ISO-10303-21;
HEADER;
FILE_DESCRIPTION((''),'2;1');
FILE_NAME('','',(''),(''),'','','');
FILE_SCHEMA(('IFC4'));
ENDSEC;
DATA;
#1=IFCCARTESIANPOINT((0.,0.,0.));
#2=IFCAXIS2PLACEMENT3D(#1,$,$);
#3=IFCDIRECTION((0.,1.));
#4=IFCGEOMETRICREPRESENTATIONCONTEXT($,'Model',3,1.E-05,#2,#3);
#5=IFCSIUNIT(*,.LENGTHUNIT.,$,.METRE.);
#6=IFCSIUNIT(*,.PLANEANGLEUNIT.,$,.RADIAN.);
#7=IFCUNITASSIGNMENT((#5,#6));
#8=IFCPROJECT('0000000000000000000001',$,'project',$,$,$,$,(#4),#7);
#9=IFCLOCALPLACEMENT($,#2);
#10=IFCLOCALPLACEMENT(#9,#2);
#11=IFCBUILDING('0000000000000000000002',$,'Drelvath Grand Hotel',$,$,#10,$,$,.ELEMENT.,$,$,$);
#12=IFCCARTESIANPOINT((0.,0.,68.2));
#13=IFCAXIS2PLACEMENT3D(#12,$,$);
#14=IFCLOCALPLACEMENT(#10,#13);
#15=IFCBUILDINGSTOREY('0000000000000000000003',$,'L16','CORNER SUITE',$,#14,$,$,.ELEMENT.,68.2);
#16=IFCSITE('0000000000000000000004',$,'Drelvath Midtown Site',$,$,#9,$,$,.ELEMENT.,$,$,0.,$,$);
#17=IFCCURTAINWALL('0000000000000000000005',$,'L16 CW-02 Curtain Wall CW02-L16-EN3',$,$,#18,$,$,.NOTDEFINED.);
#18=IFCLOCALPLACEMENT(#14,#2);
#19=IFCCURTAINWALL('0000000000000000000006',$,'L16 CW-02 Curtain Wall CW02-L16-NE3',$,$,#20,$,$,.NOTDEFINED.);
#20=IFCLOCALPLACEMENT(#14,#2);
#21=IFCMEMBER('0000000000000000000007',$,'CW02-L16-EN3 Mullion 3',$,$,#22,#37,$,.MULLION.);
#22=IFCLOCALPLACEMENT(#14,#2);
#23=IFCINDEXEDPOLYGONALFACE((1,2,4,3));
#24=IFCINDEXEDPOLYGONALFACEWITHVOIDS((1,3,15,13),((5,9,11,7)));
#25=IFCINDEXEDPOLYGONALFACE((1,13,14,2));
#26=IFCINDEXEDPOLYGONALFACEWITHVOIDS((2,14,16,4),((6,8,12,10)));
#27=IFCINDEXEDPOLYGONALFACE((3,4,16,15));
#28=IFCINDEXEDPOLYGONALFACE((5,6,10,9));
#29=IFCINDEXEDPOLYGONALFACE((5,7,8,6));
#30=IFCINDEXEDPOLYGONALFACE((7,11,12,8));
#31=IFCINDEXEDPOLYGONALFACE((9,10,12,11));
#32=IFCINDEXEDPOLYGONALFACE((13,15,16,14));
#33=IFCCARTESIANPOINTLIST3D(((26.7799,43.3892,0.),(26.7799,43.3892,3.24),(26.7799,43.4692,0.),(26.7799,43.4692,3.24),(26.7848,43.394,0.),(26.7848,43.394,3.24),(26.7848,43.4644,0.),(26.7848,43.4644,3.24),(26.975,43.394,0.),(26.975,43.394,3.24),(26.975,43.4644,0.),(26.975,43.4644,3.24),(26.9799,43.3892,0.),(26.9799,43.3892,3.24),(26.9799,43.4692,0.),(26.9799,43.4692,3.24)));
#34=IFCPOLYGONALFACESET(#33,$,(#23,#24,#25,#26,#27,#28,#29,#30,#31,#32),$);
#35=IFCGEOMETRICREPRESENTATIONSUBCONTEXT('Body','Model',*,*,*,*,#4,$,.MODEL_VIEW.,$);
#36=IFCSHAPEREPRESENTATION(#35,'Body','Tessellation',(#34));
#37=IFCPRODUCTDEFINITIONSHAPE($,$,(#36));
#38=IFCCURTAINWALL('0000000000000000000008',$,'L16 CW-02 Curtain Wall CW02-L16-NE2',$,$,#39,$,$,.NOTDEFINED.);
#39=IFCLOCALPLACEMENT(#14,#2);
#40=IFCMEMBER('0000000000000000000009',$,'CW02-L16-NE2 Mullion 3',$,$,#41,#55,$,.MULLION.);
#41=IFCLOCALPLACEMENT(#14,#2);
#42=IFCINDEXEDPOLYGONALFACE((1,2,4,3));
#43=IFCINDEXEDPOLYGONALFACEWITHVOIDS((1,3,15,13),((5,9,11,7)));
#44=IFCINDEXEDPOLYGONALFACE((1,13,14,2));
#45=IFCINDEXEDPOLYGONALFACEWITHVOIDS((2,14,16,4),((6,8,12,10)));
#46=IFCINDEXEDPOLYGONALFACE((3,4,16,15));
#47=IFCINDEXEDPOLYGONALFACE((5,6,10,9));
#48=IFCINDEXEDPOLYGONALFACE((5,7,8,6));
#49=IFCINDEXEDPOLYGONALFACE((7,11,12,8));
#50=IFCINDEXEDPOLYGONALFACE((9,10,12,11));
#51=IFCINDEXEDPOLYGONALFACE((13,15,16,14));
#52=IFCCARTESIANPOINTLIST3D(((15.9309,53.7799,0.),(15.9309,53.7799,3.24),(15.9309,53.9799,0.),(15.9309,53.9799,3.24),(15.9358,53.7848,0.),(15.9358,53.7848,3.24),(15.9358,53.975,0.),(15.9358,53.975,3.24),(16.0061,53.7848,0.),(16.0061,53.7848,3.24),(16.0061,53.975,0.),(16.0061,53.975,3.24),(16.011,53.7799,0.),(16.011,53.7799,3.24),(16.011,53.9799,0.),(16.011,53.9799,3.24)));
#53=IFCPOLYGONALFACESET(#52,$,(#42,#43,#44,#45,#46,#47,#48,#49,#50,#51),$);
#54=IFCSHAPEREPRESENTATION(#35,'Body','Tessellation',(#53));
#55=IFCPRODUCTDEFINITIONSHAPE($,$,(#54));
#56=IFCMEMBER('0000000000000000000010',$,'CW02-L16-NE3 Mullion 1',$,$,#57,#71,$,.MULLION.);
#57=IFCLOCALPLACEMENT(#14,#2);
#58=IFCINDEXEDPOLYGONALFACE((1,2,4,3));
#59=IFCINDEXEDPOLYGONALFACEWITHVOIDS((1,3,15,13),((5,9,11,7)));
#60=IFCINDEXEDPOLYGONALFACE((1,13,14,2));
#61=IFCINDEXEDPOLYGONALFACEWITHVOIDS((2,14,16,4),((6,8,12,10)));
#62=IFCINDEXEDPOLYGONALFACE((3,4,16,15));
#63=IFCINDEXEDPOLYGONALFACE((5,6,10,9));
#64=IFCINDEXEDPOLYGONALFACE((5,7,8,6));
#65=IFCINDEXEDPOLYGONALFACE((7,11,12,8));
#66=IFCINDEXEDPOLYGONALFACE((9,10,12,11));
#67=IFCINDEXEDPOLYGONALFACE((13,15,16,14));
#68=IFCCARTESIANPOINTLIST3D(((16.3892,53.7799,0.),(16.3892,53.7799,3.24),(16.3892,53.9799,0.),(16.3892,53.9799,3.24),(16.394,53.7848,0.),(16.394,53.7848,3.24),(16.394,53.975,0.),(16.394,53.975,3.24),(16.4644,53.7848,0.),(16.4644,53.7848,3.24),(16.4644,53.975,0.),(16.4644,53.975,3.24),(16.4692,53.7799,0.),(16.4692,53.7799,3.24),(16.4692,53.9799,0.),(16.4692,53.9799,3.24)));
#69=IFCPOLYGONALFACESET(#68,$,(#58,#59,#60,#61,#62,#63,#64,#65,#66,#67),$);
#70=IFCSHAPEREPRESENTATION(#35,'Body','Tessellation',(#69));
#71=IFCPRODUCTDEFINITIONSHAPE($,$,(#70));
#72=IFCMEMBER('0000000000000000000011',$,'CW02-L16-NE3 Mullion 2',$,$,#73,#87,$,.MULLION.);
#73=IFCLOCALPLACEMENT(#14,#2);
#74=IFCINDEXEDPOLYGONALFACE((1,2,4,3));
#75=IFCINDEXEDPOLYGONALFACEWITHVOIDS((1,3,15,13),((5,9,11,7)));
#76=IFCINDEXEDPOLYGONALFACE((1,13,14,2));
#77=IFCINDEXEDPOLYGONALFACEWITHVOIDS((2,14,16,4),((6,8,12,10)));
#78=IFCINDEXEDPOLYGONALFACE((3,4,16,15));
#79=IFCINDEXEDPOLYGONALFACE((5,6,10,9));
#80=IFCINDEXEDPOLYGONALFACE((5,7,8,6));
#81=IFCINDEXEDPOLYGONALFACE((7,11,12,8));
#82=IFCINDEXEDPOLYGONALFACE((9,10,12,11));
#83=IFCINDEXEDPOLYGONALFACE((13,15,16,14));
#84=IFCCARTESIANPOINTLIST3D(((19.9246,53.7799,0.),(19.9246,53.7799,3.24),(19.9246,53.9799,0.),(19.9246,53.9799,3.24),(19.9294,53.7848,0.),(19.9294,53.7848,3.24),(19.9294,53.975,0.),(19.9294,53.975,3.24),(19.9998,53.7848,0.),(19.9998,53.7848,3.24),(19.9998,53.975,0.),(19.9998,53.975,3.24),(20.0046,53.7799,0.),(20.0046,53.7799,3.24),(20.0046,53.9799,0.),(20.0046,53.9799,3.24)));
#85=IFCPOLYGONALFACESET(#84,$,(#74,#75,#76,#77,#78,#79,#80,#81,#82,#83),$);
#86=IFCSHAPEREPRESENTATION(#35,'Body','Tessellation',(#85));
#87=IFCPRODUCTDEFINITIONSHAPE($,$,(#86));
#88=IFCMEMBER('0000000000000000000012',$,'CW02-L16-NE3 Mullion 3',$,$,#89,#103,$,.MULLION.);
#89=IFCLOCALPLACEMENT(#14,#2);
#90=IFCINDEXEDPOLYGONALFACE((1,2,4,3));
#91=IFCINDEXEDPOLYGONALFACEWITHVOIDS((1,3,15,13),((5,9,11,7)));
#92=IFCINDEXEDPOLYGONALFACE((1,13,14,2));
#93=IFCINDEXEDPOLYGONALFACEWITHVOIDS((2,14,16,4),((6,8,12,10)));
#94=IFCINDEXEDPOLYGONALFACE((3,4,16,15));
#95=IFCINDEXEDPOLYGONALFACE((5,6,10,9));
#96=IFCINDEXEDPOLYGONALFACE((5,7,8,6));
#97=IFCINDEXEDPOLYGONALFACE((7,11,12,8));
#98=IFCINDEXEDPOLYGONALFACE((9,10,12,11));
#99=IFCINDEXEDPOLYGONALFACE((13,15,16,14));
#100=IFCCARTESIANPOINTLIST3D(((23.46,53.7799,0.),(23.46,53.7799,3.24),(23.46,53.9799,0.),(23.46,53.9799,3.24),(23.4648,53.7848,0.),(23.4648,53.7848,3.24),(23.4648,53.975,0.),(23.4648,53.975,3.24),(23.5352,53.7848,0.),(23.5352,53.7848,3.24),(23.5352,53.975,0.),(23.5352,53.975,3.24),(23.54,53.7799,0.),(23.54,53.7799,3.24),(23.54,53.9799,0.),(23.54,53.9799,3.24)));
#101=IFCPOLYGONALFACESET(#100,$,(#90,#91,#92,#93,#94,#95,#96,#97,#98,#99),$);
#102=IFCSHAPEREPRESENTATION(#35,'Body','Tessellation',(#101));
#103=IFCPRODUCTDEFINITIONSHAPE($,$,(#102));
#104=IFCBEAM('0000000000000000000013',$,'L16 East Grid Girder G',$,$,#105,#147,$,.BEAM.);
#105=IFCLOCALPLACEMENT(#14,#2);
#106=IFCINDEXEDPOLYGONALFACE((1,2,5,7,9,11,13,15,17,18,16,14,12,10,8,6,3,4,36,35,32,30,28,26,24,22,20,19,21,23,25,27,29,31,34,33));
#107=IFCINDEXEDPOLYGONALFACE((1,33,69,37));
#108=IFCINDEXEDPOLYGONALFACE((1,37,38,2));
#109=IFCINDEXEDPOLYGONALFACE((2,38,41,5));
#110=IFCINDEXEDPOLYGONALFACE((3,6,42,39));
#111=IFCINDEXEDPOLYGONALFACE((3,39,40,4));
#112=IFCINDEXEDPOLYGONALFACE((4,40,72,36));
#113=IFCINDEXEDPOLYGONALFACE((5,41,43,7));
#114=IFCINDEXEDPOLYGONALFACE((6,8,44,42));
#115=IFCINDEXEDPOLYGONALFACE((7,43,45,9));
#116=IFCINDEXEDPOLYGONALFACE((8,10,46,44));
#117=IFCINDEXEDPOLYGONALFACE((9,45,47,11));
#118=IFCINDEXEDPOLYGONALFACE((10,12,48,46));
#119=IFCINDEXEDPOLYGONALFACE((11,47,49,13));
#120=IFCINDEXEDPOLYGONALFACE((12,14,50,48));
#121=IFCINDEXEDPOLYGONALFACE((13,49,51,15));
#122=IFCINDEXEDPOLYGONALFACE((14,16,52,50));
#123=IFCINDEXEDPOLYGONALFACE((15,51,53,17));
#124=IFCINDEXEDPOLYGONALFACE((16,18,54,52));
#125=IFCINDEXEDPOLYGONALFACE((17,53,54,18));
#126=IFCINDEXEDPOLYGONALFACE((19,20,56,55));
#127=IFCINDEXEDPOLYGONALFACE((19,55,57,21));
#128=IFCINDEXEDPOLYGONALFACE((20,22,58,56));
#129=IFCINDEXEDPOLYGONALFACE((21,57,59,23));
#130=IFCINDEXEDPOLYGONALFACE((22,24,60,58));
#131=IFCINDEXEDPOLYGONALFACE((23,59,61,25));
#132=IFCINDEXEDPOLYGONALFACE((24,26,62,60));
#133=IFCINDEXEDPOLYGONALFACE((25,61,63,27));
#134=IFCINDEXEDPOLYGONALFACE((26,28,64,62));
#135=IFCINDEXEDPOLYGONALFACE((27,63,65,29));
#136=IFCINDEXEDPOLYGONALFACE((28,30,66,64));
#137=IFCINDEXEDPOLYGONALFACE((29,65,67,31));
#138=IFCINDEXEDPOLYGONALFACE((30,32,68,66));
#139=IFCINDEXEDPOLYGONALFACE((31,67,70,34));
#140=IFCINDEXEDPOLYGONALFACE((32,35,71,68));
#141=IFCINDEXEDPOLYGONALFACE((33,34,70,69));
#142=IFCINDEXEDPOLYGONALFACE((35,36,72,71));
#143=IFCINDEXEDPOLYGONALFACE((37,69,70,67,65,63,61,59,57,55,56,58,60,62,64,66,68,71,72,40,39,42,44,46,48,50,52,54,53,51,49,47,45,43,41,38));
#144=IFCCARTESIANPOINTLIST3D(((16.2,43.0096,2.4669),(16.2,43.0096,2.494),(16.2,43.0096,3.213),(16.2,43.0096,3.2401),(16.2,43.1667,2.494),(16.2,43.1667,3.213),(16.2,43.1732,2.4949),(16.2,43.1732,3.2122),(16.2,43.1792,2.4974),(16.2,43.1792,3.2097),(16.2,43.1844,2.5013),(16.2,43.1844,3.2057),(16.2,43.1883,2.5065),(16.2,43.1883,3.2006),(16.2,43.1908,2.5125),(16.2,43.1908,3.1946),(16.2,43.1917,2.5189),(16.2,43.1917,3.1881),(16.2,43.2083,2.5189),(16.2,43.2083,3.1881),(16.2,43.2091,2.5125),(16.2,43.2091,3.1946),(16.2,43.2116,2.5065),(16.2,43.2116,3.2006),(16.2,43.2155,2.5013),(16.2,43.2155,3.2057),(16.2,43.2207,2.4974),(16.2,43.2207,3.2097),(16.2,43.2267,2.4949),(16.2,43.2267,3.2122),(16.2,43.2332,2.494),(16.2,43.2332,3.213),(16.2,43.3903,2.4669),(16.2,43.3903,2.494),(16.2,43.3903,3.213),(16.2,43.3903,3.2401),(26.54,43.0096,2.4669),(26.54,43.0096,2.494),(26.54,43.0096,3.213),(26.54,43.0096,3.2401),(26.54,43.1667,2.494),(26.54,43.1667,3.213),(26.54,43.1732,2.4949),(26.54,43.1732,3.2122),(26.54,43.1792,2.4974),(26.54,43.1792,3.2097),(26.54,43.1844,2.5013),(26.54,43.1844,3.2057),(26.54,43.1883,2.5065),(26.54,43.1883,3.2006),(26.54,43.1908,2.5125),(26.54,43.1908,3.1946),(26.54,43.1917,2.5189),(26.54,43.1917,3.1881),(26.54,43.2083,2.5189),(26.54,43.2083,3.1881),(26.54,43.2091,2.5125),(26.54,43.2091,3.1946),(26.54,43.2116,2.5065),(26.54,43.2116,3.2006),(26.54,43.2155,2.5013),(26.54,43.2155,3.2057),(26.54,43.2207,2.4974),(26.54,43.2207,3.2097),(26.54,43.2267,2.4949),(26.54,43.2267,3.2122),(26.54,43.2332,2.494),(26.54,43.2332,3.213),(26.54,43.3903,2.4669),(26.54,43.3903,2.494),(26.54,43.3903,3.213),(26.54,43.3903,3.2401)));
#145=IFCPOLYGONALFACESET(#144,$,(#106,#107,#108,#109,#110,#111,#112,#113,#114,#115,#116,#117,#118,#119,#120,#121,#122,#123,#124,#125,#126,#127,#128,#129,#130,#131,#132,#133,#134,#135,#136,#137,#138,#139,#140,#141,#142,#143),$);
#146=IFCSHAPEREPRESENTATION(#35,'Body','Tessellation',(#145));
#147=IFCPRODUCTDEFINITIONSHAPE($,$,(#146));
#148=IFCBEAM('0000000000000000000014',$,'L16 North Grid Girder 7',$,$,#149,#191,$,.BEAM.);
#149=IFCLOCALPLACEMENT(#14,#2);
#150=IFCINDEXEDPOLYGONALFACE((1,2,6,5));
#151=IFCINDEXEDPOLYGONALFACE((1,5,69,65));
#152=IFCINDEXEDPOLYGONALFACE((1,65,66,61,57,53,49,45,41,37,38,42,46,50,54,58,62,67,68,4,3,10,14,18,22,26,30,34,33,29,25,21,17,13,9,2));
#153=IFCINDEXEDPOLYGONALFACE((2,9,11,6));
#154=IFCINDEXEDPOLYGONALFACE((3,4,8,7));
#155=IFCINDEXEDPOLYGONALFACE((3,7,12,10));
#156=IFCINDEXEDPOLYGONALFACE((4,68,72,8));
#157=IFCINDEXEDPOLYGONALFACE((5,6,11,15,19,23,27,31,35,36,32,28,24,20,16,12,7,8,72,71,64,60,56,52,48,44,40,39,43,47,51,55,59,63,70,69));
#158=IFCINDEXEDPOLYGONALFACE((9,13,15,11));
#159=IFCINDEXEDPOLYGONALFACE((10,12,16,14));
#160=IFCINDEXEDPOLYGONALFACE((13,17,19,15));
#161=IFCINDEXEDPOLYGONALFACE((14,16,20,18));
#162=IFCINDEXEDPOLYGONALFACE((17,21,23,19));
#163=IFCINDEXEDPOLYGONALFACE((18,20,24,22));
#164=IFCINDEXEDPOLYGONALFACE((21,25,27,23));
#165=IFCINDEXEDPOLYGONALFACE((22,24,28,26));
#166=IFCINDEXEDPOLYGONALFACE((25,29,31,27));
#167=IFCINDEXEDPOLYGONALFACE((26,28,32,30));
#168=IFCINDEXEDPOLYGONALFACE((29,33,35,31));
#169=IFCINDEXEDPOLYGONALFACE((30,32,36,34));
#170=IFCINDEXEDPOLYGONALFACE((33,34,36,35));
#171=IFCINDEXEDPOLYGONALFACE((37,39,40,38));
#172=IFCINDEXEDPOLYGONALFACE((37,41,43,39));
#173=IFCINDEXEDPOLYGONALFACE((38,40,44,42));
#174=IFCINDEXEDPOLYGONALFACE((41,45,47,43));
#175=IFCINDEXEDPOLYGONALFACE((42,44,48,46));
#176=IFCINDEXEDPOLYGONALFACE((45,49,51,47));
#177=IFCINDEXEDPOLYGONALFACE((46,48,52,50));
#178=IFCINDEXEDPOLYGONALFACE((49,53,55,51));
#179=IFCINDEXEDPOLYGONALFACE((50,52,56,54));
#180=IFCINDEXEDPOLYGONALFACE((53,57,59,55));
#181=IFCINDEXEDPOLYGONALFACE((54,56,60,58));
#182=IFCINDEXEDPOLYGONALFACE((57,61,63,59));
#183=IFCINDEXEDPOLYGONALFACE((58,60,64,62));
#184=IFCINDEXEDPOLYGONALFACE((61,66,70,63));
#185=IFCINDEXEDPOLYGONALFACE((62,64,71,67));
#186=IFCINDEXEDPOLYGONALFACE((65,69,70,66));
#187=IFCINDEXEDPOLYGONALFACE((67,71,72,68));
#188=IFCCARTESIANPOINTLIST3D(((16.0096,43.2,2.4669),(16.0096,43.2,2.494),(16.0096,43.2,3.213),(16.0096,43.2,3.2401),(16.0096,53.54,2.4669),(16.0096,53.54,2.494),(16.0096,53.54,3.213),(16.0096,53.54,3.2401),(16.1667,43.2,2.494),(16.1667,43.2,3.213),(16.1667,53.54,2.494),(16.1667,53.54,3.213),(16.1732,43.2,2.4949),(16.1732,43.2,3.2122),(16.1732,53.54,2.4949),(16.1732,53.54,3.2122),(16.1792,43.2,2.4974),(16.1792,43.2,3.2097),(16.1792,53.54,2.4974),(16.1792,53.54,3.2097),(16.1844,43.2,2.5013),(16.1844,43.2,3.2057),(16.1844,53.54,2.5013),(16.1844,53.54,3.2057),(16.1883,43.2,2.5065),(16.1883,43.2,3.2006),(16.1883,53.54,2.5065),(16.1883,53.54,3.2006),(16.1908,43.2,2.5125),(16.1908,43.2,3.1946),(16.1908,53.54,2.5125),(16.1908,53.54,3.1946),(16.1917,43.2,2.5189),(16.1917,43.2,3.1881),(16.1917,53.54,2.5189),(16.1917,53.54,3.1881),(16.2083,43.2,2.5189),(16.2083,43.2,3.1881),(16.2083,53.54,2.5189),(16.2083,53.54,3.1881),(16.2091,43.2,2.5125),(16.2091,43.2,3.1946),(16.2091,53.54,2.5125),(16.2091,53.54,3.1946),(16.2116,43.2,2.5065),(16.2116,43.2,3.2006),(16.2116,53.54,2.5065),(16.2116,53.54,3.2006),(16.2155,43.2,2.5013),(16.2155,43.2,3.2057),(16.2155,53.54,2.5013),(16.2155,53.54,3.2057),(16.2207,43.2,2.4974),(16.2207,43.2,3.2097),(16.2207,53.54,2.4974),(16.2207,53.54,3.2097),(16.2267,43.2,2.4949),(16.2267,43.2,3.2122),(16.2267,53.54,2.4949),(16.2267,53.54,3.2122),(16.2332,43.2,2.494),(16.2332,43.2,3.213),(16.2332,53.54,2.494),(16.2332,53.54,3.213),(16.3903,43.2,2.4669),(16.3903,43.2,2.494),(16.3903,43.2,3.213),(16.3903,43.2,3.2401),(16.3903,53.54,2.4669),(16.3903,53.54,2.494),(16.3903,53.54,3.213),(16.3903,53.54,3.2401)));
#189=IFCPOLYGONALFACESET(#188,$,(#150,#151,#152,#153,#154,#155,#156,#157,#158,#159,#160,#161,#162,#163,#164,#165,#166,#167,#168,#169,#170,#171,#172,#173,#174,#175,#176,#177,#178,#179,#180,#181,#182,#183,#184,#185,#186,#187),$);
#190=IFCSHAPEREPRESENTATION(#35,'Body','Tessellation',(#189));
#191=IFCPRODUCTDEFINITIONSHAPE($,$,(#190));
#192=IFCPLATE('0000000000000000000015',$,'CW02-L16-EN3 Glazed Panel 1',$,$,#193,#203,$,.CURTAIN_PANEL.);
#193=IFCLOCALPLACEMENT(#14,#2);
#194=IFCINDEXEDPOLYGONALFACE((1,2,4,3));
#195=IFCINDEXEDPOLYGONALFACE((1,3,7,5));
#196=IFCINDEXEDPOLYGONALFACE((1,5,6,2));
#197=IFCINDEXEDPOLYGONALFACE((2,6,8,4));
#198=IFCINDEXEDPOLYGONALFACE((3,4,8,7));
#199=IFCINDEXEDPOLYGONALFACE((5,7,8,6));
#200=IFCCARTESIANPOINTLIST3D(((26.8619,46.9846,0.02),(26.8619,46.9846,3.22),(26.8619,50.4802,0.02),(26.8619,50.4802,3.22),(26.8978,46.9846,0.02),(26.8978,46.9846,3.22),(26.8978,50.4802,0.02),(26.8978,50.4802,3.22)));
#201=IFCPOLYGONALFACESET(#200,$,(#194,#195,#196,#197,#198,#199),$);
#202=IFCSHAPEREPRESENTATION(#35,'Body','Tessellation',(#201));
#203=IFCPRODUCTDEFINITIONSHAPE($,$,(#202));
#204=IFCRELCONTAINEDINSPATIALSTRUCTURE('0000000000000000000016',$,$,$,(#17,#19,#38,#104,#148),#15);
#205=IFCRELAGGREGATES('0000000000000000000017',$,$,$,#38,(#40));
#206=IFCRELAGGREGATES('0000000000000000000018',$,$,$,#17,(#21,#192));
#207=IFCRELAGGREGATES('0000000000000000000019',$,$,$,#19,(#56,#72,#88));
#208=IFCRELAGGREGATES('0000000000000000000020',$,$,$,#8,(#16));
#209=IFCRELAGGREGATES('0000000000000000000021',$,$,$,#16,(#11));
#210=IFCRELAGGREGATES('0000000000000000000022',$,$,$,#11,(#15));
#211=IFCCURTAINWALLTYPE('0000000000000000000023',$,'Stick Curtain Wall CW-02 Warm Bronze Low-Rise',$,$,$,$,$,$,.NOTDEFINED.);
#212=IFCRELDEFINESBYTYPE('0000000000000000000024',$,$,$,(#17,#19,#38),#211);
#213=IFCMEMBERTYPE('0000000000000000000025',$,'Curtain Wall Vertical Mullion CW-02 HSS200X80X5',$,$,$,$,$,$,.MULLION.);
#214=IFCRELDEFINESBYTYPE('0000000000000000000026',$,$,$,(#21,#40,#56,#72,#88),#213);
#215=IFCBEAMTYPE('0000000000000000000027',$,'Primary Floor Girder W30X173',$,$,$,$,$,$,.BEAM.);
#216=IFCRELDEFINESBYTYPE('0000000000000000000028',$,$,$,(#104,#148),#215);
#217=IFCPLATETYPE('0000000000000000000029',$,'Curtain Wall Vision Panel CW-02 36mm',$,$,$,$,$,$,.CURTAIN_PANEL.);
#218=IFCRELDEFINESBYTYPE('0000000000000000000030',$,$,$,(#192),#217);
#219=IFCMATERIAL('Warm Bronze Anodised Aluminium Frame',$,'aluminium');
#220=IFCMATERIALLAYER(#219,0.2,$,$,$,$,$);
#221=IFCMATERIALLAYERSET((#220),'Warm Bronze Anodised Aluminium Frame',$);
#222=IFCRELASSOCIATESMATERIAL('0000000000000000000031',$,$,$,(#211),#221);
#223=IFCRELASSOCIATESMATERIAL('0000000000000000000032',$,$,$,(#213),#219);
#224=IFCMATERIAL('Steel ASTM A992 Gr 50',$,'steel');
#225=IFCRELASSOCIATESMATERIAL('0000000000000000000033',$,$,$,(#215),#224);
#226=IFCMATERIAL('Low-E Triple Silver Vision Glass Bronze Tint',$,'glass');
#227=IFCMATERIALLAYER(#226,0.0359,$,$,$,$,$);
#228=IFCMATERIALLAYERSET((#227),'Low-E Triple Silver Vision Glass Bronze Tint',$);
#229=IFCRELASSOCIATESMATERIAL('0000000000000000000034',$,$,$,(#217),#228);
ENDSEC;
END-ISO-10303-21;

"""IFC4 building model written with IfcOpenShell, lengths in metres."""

from ifc_helpers import new_model, si_unit, direction, frame, origin, origin_2d, place, context, subcontext, project, spatial, rectangle, hollow_rectangle, i_section, extrude, material, layer, layer_set, material_profile, profile_set, type_object, element, aggregate, save


model = new_model("IFC4")

# Units and contexts
model_context = context("Model", 3, precision=1e-05, world=origin(), true_north=direction((0.0, 1.0)))
body_context = subcontext(model_context, "Body", "Model", "MODEL_VIEW")
ifc_project = project(units=[si_unit("LENGTHUNIT", "METRE"), si_unit("PLANEANGLEUNIT", "RADIAN")], contexts=[model_context])

# Site, building, storey
site_placement = place(None, origin())
site = spatial("IfcSite", under=ifc_project, at=site_placement, Name="Drelvath Midtown Site", CompositionType="ELEMENT", RefElevation=0.0)
building_placement = place(site_placement, origin())
building = spatial("IfcBuilding", under=site, at=building_placement, Name="Drelvath Grand Hotel", CompositionType="ELEMENT")
storey_placement = place(building_placement, frame((0.0, 0.0, 68.2)))
storey = spatial("IfcBuildingStorey", under=building, at=storey_placement, Name="L16", Description="CORNER SUITE", CompositionType="ELEMENT", Elevation=68.2)

# Curtain walls
ifc_material_1 = material(Name="Warm Bronze Anodised Aluminium Frame", Category="aluminium")
ifc_layer_1 = layer(ifc_material_1, 0.2)
ifc_layer_set_1 = layer_set([ifc_layer_1], Name="Warm Bronze Anodised Aluminium Frame")
curtain_wall_type = type_object("IfcCurtainWallType", Name="Stick Curtain Wall CW-02 Warm Bronze Low-Rise", PredefinedType="NOTDEFINED", material=ifc_layer_set_1)
curtain_wall_1_placement = place(storey_placement, origin())
curtain_wall_1 = element("IfcCurtainWall", 1, at=curtain_wall_1_placement, inside=storey, type_object=curtain_wall_type, Name="L16 CW-02 Curtain Wall CW02-L16-EN3", PredefinedType="NOTDEFINED")
curtain_wall_2_placement = place(storey_placement, origin())
curtain_wall_2 = element("IfcCurtainWall", 2, at=curtain_wall_2_placement, inside=storey, type_object=curtain_wall_type, Name="L16 CW-02 Curtain Wall CW02-L16-NE3", PredefinedType="NOTDEFINED")

# Member
ifc_material_profile_1 = material_profile(ifc_material_1, hollow_rectangle(XDim=0.0801, YDim=0.2, WallThickness=0.0049, at=origin_2d()), Name="HSS200X80X5")
ifc_profile_set_1 = profile_set([ifc_material_profile_1], Name="Warm Bronze Anodised Aluminium Frame")
member_type_1 = type_object("IfcMemberType", Name="Curtain Wall Vertical Mullion CW-02 HSS200X80X5", PredefinedType="MULLION", material=ifc_profile_set_1)
member_1_placement = place(storey_placement, frame((26.8799, 43.4292, 0.0), z_axis=(0.0, 0.0, 1.0), x_axis=(0.0, 1.0, 0.0)))
member_1 = element("IfcMember", 3, at=member_1_placement, type_object=member_type_1, Name="CW02-L16-EN3 Mullion 3", PredefinedType="MULLION", context=body_context, shape_type="SweptSolid", body=[
    extrude(hollow_rectangle(XDim=0.0801, YDim=0.2, WallThickness=0.0049, at=origin_2d()), origin(), (0.0, 0.0, 1.0), 3.24),
])

# Curtain wall, member
curtain_wall_3_placement = place(storey_placement, origin())
curtain_wall_3 = element("IfcCurtainWall", 4, at=curtain_wall_3_placement, inside=storey, type_object=curtain_wall_type, Name="L16 CW-02 Curtain Wall CW02-L16-NE2", PredefinedType="NOTDEFINED")
member_2_placement = place(storey_placement, frame((15.9709, 53.8799, 0.0), z_axis=(0.0, 0.0, 1.0), x_axis=(1.0, 0.0, 0.0)))
member_2 = element("IfcMember", 5, at=member_2_placement, type_object=member_type_1, Name="CW02-L16-NE2 Mullion 3", PredefinedType="MULLION", context=body_context, shape_type="SweptSolid", body=[
    extrude(hollow_rectangle(XDim=0.0801, YDim=0.2, WallThickness=0.0049, at=origin_2d()), origin(), (0.0, 0.0, 1.0), 3.24),
])
aggregate(curtain_wall_3, [member_2])

# Members
member_3_placement = place(storey_placement, frame((16.4292, 53.8799, 0.0), z_axis=(0.0, 0.0, 1.0), x_axis=(1.0, 0.0, 0.0)))
member_3 = element("IfcMember", 6, at=member_3_placement, type_object=member_type_1, Name="CW02-L16-NE3 Mullion 1", PredefinedType="MULLION", context=body_context, shape_type="SweptSolid", body=[
    extrude(hollow_rectangle(XDim=0.0801, YDim=0.2, WallThickness=0.0049, at=origin_2d()), origin(), (0.0, 0.0, 1.0), 3.24),
])
member_4_placement = place(storey_placement, frame((19.9646, 53.8799, 0.0), z_axis=(0.0, 0.0, 1.0), x_axis=(1.0, 0.0, 0.0)))
member_4 = element("IfcMember", 7, at=member_4_placement, type_object=member_type_1, Name="CW02-L16-NE3 Mullion 2", PredefinedType="MULLION", context=body_context, shape_type="SweptSolid", body=[
    extrude(hollow_rectangle(XDim=0.0801, YDim=0.2, WallThickness=0.0049, at=origin_2d()), origin(), (0.0, 0.0, 1.0), 3.24),
])
member_5_placement = place(storey_placement, frame((23.5, 53.8799, 0.0), z_axis=(0.0, 0.0, 1.0), x_axis=(1.0, 0.0, 0.0)))
member_5 = element("IfcMember", 8, at=member_5_placement, type_object=member_type_1, Name="CW02-L16-NE3 Mullion 3", PredefinedType="MULLION", context=body_context, shape_type="SweptSolid", body=[
    extrude(hollow_rectangle(XDim=0.0801, YDim=0.2, WallThickness=0.0049, at=origin_2d()), origin(), (0.0, 0.0, 1.0), 3.24),
])

# Beams
ifc_material_2 = material(Name="Steel ASTM A992 Gr 50", Category="steel")
ifc_material_profile_2 = material_profile(ifc_material_2, i_section(OverallWidth=0.3806, OverallDepth=0.7732, WebThickness=0.0166, FlangeThickness=0.0271, FilletRadius=0.0249, at=origin_2d()), Name="W30X173")
ifc_profile_set_2 = profile_set([ifc_material_profile_2], Name="Steel ASTM A992 Gr 50")
beam_type = type_object("IfcBeamType", Name="Primary Floor Girder W30X173", PredefinedType="BEAM", material=ifc_profile_set_2)
for number, where, z_axis, x_axis, name in (
    (9, (16.2, 43.2, 2.8535), (1.0, 0.0, 0.0), (0.0, 1.0, 0.0), "L16 East Grid Girder G"),
    (10, (16.2, 43.2, 2.8535), (0.0, 1.0, 0.0), (-1.0, 0.0, 0.0), "L16 North Grid Girder 7"),
):
    element("IfcBeam", number, at=place(storey_placement, frame(where, z_axis=z_axis, x_axis=x_axis)), inside=storey, type_object=beam_type, Name=name, PredefinedType="BEAM", context=body_context, shape_type="SweptSolid", body=[
        extrude(i_section(OverallWidth=0.3806, OverallDepth=0.7732, WebThickness=0.0166, FlangeThickness=0.0271, FilletRadius=0.0249, at=origin_2d()), origin(), (0.0, 0.0, 1.0), 10.3401),
    ])

# Plate
ifc_material_3 = material(Name="Low-E Triple Silver Vision Glass Bronze Tint", Category="glass")
ifc_layer_2 = layer(ifc_material_3, 0.0359)
ifc_layer_set_2 = layer_set([ifc_layer_2], Name="Low-E Triple Silver Vision Glass Bronze Tint")
plate_type = type_object("IfcPlateType", Name="Curtain Wall Vision Panel CW-02 36mm", PredefinedType="CURTAIN_PANEL", material=ifc_layer_set_2)
plate_1_placement = place(storey_placement, frame((26.8799, 48.7324, 0.02), z_axis=(0.0, 0.0, 1.0), x_axis=(0.0, -1.0, 0.0)))
plate_1 = element("IfcPlate", 11, at=plate_1_placement, type_object=plate_type, Name="CW02-L16-EN3 Glazed Panel 1", PredefinedType="CURTAIN_PANEL", context=body_context, shape_type="SweptSolid", body=[
    extrude(rectangle(XDim=3.4956, YDim=0.0359, at=origin_2d()), origin(), (0.0, 0.0, 1.0), 3.2),
])
aggregate(curtain_wall_1, [member_1, plate_1])
aggregate(curtain_wall_2, [member_3, member_4, member_5])

save(model, "model.ifc")
